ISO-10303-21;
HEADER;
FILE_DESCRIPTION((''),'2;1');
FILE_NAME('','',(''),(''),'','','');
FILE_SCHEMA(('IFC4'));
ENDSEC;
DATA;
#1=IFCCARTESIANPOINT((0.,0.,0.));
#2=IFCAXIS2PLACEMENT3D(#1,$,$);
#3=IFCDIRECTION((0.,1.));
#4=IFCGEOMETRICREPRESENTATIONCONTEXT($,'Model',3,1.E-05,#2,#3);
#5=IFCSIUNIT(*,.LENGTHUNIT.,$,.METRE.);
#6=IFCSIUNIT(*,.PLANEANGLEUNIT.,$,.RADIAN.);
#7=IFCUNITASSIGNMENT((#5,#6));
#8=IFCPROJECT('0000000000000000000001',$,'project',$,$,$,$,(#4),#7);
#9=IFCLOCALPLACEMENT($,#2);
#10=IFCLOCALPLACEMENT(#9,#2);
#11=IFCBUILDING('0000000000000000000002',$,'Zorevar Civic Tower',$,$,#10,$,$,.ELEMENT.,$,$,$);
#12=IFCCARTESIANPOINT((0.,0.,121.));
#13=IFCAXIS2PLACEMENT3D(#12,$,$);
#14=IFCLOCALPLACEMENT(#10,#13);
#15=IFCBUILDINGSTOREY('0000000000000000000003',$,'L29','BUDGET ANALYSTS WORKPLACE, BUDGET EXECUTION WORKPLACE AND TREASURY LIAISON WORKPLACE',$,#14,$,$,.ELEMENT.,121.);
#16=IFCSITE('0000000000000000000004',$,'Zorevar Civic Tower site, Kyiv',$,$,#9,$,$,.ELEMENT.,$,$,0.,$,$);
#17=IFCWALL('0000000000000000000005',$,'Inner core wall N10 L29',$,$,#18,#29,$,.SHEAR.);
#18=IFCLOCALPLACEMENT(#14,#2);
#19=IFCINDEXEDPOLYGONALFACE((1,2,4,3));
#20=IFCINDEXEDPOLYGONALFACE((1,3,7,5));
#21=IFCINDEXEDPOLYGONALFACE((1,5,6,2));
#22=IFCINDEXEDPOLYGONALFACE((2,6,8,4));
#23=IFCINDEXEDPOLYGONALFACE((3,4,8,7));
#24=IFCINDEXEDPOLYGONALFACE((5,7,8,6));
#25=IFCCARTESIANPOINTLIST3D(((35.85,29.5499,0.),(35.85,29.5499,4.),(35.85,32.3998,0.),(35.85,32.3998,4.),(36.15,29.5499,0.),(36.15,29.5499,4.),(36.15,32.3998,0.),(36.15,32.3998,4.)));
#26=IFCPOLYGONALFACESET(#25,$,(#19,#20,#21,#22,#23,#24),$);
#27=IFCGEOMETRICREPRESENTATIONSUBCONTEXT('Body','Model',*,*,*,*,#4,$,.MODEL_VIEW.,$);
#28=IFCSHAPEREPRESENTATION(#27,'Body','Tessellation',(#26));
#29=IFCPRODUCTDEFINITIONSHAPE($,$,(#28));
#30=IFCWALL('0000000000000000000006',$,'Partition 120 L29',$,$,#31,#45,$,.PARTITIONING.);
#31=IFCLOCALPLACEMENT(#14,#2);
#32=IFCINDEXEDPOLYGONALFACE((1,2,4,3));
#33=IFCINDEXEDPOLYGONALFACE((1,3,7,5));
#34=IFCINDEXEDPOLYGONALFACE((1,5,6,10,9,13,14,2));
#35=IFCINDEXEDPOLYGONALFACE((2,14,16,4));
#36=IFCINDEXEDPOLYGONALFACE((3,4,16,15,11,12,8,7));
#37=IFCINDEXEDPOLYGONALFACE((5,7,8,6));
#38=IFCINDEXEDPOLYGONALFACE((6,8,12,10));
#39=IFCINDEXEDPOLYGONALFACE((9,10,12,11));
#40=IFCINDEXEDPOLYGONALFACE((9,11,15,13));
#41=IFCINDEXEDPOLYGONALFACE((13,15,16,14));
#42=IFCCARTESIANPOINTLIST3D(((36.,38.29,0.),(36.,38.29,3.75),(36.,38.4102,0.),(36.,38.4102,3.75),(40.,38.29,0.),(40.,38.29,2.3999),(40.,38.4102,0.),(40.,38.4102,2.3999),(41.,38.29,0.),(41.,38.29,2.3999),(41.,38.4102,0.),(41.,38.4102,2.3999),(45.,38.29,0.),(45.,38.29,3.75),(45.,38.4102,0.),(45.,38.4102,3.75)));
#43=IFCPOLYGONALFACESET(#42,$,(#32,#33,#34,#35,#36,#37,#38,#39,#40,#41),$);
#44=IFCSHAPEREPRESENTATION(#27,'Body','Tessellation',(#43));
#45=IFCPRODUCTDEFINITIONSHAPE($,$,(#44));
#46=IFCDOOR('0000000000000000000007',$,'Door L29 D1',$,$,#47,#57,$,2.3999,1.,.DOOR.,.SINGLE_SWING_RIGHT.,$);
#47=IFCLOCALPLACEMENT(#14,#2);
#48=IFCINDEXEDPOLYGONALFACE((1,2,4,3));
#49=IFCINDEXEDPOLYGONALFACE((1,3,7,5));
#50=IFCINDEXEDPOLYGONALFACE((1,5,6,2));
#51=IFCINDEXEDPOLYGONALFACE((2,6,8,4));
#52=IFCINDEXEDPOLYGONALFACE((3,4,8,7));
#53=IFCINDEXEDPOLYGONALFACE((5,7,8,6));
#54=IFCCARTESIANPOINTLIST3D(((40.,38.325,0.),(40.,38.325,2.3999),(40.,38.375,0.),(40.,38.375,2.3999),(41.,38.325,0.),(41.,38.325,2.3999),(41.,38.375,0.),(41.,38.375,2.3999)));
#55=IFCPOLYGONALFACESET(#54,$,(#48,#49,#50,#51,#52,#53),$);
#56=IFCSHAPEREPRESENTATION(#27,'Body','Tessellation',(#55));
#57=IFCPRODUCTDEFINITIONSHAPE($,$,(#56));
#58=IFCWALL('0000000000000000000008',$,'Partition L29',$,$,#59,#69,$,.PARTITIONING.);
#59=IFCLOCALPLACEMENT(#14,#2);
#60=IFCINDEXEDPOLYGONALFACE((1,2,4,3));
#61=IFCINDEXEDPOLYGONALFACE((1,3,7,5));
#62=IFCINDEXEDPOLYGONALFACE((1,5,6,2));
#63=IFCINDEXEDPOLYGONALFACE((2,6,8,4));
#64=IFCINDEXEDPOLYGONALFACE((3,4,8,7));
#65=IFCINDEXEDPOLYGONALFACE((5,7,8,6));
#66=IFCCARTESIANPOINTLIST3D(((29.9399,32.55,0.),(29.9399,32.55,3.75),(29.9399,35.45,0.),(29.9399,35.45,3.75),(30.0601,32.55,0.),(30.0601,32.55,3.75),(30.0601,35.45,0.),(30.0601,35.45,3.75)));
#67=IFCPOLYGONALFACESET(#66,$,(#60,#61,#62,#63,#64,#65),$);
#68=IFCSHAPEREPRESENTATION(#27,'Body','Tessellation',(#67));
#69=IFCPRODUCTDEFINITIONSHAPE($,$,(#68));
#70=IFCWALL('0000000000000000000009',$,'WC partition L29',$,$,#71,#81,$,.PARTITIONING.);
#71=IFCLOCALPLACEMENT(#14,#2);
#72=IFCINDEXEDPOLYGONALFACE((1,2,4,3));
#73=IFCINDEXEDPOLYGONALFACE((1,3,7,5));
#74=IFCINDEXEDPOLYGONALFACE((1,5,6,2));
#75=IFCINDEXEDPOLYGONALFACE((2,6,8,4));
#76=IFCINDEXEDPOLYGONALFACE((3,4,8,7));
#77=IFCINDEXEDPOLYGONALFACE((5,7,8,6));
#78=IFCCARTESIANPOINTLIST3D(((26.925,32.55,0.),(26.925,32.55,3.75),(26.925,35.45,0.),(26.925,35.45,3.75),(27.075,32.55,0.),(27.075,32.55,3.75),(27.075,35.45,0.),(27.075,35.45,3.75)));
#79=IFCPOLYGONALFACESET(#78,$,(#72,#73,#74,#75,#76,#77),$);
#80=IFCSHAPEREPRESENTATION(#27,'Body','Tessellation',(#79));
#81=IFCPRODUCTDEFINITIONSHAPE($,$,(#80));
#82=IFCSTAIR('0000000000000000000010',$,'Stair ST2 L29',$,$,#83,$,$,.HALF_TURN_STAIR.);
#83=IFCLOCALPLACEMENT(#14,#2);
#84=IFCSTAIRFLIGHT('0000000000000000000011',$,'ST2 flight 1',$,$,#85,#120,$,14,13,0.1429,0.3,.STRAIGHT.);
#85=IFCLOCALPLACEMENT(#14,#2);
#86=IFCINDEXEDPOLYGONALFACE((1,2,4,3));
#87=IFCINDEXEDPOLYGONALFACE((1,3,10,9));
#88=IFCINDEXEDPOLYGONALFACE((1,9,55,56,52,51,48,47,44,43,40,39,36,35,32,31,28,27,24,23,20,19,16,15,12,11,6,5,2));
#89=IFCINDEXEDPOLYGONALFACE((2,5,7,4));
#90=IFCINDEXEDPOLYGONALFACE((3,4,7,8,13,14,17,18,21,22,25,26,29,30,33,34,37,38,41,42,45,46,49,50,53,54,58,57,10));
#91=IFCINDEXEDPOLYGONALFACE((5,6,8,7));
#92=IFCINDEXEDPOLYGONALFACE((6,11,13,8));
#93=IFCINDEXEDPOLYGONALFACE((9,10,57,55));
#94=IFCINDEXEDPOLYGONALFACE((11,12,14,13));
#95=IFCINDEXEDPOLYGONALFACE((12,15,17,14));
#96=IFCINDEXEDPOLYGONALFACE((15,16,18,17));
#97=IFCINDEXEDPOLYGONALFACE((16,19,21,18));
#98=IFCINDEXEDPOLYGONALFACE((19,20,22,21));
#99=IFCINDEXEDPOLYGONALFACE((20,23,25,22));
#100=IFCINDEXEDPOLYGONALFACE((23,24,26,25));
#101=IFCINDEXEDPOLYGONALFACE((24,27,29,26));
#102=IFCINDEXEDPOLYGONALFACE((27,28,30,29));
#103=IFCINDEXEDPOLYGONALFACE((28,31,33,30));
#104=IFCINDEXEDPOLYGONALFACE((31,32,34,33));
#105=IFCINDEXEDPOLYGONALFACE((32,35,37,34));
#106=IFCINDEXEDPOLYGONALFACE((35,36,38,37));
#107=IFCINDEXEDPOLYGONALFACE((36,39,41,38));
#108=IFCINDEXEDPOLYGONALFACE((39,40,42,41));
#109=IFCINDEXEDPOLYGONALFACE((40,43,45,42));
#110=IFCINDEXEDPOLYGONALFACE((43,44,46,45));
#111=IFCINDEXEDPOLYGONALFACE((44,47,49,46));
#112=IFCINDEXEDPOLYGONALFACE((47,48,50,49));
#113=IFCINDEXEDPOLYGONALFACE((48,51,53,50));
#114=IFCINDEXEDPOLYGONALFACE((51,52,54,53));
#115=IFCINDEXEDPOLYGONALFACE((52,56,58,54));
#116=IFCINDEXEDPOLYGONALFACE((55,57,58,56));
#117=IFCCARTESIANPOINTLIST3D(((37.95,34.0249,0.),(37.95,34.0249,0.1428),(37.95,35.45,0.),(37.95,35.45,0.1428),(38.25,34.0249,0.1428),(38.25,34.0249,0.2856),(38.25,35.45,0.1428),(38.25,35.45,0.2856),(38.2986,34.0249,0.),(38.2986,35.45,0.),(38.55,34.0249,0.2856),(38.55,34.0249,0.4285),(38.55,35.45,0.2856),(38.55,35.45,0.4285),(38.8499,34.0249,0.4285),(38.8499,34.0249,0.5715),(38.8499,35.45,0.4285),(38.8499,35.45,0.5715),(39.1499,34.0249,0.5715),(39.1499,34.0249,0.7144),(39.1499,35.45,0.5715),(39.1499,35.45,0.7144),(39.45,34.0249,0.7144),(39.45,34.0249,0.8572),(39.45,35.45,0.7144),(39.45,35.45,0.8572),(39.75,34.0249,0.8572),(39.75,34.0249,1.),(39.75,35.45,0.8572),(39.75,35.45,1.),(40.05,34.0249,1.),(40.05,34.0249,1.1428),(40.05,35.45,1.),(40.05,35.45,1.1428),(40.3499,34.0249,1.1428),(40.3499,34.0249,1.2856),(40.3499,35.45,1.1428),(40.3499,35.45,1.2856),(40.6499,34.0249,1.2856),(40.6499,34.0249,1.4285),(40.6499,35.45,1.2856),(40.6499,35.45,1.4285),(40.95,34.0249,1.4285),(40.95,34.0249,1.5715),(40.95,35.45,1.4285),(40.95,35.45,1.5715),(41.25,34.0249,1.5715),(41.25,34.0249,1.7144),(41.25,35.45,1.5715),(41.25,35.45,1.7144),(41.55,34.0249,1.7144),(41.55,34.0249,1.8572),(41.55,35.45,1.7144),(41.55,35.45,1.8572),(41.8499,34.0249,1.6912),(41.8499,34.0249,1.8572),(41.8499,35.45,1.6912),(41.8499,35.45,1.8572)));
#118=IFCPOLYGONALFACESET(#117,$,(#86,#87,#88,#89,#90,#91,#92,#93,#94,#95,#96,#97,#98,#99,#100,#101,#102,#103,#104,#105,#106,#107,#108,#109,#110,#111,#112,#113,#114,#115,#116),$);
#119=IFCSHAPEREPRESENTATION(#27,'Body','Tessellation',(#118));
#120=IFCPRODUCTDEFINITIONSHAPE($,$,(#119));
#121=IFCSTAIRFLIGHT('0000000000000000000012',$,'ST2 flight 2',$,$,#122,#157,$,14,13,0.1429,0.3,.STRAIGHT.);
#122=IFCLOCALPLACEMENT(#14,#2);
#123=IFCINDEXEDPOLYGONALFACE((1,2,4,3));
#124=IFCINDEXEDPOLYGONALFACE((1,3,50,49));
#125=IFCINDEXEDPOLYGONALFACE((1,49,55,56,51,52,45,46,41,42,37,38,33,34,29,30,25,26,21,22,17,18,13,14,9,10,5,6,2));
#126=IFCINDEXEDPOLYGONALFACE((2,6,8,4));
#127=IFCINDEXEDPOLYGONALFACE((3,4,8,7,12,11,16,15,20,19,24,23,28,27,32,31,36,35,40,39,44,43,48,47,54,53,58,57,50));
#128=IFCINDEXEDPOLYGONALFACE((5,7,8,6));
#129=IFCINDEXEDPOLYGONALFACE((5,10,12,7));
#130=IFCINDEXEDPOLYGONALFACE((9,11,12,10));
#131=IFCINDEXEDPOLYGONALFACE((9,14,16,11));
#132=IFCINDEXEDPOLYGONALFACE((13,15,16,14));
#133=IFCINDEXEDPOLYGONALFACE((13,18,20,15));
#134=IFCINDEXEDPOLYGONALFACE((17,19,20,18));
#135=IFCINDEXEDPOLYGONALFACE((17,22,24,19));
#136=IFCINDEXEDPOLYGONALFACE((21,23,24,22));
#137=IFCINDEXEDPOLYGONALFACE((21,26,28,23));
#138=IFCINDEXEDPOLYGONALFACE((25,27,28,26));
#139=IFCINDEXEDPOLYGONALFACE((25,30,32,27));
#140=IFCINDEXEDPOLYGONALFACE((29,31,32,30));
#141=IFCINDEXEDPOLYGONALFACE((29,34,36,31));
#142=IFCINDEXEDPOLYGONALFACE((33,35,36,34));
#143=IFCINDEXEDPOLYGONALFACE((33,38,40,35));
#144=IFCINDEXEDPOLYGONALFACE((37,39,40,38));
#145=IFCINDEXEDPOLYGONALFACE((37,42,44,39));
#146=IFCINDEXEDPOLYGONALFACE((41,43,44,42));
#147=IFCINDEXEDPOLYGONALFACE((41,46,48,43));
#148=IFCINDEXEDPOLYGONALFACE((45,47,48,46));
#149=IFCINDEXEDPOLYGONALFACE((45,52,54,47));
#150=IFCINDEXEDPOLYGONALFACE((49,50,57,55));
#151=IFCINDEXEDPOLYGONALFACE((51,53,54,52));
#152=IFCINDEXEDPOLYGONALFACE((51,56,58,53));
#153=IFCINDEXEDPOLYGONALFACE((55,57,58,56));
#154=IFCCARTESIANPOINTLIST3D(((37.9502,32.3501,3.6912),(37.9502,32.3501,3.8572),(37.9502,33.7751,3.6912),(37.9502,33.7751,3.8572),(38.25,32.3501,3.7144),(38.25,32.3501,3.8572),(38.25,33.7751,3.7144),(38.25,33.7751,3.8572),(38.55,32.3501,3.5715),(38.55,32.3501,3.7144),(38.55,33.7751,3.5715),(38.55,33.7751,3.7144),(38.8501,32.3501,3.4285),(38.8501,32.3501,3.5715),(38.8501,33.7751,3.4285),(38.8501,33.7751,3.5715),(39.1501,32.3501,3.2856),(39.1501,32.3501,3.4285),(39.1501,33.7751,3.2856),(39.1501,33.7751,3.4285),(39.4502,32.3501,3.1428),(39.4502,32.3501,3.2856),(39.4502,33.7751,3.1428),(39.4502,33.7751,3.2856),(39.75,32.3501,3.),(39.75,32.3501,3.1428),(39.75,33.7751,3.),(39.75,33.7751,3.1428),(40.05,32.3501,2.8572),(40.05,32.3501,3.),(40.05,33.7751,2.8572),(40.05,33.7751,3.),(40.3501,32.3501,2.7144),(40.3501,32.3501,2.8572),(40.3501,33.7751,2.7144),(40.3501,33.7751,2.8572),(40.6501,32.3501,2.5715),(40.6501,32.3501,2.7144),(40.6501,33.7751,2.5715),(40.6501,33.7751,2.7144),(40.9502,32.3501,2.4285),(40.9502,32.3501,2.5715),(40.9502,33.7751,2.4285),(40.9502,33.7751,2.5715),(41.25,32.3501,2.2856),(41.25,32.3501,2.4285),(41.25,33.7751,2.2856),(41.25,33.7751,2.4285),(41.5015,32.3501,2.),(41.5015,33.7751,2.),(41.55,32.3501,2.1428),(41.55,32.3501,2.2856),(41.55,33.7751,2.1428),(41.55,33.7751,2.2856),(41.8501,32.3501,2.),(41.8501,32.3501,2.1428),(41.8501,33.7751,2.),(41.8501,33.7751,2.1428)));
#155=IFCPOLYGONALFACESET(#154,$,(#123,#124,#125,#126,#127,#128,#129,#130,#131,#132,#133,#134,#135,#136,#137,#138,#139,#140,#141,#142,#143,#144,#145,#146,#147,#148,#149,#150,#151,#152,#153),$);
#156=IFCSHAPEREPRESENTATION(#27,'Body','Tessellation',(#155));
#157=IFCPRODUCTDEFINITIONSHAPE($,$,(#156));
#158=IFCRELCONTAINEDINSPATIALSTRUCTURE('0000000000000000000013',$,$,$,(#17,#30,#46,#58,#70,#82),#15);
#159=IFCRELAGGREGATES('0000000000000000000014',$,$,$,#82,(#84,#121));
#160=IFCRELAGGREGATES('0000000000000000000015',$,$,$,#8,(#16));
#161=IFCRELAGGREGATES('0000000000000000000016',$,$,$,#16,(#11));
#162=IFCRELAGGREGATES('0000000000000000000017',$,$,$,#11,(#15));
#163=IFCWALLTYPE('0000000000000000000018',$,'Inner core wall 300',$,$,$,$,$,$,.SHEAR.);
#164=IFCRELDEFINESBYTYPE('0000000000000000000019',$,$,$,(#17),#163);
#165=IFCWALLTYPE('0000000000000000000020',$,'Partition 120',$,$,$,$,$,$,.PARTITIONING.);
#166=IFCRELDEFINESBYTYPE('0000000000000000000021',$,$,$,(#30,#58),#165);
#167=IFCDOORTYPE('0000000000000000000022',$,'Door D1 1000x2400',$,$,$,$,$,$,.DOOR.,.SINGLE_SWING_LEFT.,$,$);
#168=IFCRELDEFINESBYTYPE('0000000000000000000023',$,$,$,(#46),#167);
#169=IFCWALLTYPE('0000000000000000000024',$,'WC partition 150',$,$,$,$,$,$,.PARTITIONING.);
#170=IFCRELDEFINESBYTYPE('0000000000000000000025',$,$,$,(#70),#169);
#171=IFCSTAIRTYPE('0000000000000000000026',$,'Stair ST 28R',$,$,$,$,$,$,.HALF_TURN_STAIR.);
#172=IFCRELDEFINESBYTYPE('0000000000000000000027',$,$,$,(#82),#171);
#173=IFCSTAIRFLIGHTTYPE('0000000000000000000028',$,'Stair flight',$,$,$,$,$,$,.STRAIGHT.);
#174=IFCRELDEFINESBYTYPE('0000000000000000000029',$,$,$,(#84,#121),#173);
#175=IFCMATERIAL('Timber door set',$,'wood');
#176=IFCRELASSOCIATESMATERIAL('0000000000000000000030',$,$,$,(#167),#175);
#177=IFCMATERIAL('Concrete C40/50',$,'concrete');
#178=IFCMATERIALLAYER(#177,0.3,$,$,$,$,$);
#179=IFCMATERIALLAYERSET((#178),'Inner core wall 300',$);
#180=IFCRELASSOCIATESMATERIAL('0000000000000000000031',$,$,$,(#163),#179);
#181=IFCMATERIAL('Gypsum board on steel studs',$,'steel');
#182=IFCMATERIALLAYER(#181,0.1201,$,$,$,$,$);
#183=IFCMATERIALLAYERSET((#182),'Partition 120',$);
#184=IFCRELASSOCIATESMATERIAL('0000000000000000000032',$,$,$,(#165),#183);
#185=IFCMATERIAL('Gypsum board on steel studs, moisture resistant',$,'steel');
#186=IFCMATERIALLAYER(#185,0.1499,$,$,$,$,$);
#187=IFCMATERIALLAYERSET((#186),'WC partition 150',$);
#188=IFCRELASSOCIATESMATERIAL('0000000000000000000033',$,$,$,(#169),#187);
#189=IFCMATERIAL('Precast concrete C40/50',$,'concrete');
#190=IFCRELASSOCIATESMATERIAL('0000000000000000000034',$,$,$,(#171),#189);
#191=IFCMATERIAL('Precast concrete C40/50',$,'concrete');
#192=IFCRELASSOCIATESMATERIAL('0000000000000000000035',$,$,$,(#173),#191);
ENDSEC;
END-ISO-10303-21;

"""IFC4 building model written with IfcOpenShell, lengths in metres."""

from ifc_helpers import new_model, si_unit, direction, frame, frame_2d, origin, place, context, subcontext, project, spatial, polyline, rectangle, outline, extrude, material, layer, layer_set, type_object, element, fill, aggregate, save


model = new_model("IFC4")

# Units and contexts
model_context = context("Model", 3, precision=1e-05, world=origin(), true_north=direction((0.0, 1.0)))
body_context = subcontext(model_context, "Body", "Model", "MODEL_VIEW")
ifc_project = project(units=[si_unit("LENGTHUNIT", "METRE"), si_unit("PLANEANGLEUNIT", "RADIAN")], contexts=[model_context])

# Site, building, storey
site_placement = place(None, origin())
site = spatial("IfcSite", under=ifc_project, at=site_placement, Name="Zorevar Civic Tower site, Kyiv", CompositionType="ELEMENT", RefElevation=0.0)
building_placement = place(site_placement, origin())
building = spatial("IfcBuilding", under=site, at=building_placement, Name="Zorevar Civic Tower", CompositionType="ELEMENT")
storey_placement = place(building_placement, frame((0.0, 0.0, 121.0)))
storey = spatial("IfcBuildingStorey", under=building, at=storey_placement, Name="L29", Description="BUDGET ANALYSTS WORKPLACE, BUDGET EXECUTION WORKPLACE AND TREASURY LIAISON WORKPLACE", CompositionType="ELEMENT", Elevation=121.0)

# Shared definitions
ifc_material_1 = material(Name="Timber door set", Category="wood")
door_type_1 = type_object("IfcDoorType", Name="Door D1 1000x2400", OperationType="SINGLE_SWING_LEFT", PredefinedType="DOOR", material=ifc_material_1)

# Shared definitions
ifc_material_2 = material(Name="Concrete C40/50", Category="concrete")
ifc_layer_1 = layer(ifc_material_2, 0.3)
ifc_layer_set_1 = layer_set([ifc_layer_1], Name="Inner core wall 300")
wall_type_1 = type_object("IfcWallType", Name="Inner core wall 300", PredefinedType="SHEAR", material=ifc_layer_set_1)

# Wall
wall_1_placement = place(storey_placement, frame((36.0, 29.55, 0.0), z_axis=(0.0, 0.0, 1.0), x_axis=(0.0, 1.0, 0.0)))
element("IfcWall", 1, at=wall_1_placement, inside=storey, type_object=wall_type_1, Name="Inner core wall N10 L29", PredefinedType="SHEAR", context=body_context, shape_type="SweptSolid", body=[
    extrude(rectangle(XDim=2.8499, YDim=0.3, at=frame_2d((1.4248, 0.0))), origin(), (0.0, 0.0, 1.0), 4.0),
])

# Wall, opening, door
ifc_material_3 = material(Name="Gypsum board on steel studs", Category="steel")
ifc_layer_2 = layer(ifc_material_3, 0.1201)
ifc_layer_set_2 = layer_set([ifc_layer_2], Name="Partition 120")
wall_type_2 = type_object("IfcWallType", Name="Partition 120", PredefinedType="PARTITIONING", material=ifc_layer_set_2)
wall_2_placement = place(storey_placement, frame((36.0, 38.3501, 0.0), z_axis=(0.0, 0.0, 1.0), x_axis=(1.0, 0.0, 0.0)))
wall_2 = element("IfcWall", 2, at=wall_2_placement, inside=storey, type_object=wall_type_2, Name="Partition 120 L29", PredefinedType="PARTITIONING", context=body_context, shape_type="SweptSolid", body=[
    extrude(rectangle(XDim=9.0, YDim=0.1201, at=frame_2d((4.5, 0.0))), origin(), (0.0, 0.0, 1.0), 3.75),
])
opening_1_placement = place(wall_2_placement, frame((4.0, 0.0, 0.0)))
opening_1 = element("IfcOpeningElement", 3, at=opening_1_placement, cuts=wall_2, PredefinedType="OPENING", context=body_context, shape_type="SweptSolid", body=[
    extrude(rectangle(XDim=1.0, YDim=2.3999, at=frame_2d((0.5, 1.2))), frame((0.0, 0.0701, 0.0), z_axis=(0.0, -1.0, 0.0), x_axis=(1.0, 0.0, 0.0)), (0.0, 0.0, 1.0), 0.1401),
])
door_1_placement = place(opening_1_placement, origin())
door_1 = element("IfcDoor", 4, at=door_1_placement, inside=storey, type_object=door_type_1, Name="Door L29 D1", OperationType="SINGLE_SWING_RIGHT", OverallHeight=2.3999, OverallWidth=1.0, PredefinedType="DOOR", context=body_context, shape_type="SweptSolid", body=[
    extrude(rectangle(XDim=1.0, YDim=2.3999, at=frame_2d((0.5, 1.2))), frame((0.0, 0.0249, 0.0), z_axis=(0.0, -1.0, 0.0), x_axis=(1.0, 0.0, 0.0)), (0.0, 0.0, 1.0), 0.05),
])
fill(opening_1, door_1)

# Walls
wall_3_placement = place(storey_placement, frame((30.0, 32.55, 0.0), z_axis=(0.0, 0.0, 1.0), x_axis=(0.0, 1.0, 0.0)))
element("IfcWall", 5, at=wall_3_placement, inside=storey, type_object=wall_type_2, Name="Partition L29", PredefinedType="PARTITIONING", context=body_context, shape_type="SweptSolid", body=[
    extrude(rectangle(XDim=2.8999, YDim=0.1201, at=frame_2d((1.45, 0.0))), origin(), (0.0, 0.0, 1.0), 3.75),
])
ifc_material_4 = material(Name="Gypsum board on steel studs, moisture resistant", Category="steel")
ifc_layer_3 = layer(ifc_material_4, 0.1499)
ifc_layer_set_3 = layer_set([ifc_layer_3], Name="WC partition 150")
wall_type_3 = type_object("IfcWallType", Name="WC partition 150", PredefinedType="PARTITIONING", material=ifc_layer_set_3)
wall_4_placement = place(storey_placement, frame((27.0, 32.55, 0.0), z_axis=(0.0, 0.0, 1.0), x_axis=(0.0, 1.0, 0.0)))
element("IfcWall", 6, at=wall_4_placement, inside=storey, type_object=wall_type_3, Name="WC partition L29", PredefinedType="PARTITIONING", context=body_context, shape_type="SweptSolid", body=[
    extrude(rectangle(XDim=2.8999, YDim=0.1499, at=frame_2d((1.45, 0.0))), origin(), (0.0, 0.0, 1.0), 3.75),
])

# Stair, stair flights
ifc_material_5 = material(Name="Precast concrete C40/50", Category="concrete")
stair_type = type_object("IfcStairType", Name="Stair ST 28R", PredefinedType="HALF_TURN_STAIR", material=ifc_material_5)
stair_placement = place(storey_placement, origin())
stair = element("IfcStair", 7, at=stair_placement, inside=storey, type_object=stair_type, Name="Stair ST2 L29", PredefinedType="HALF_TURN_STAIR")
ifc_material_6 = material(Name="Precast concrete C40/50", Category="concrete")
stair_flight_type = type_object("IfcStairFlightType", Name="Stair flight", PredefinedType="STRAIGHT", material=ifc_material_6)
stair_flight_1_placement = place(storey_placement, frame((37.95, 34.7375, 0.0), z_axis=(0.0, 0.0, 1.0), x_axis=(1.0, 0.0, 0.0)))
stair_flight_1 = element("IfcStairFlight", 8, at=stair_flight_1_placement, type_object=stair_flight_type, Name="ST2 flight 1", NumberOfRisers=14, NumberOfTreads=13, PredefinedType="STRAIGHT", RiserHeight=0.1429, TreadLength=0.3, context=body_context, shape_type="SweptSolid", body=[
    extrude(outline(polyline([(0.0, 0.0), (0.0, 0.1428), (0.3, 0.1428), (0.3, 0.2856), (0.6001, 0.2856), (0.6001, 0.4285), (0.8999, 0.4285), (0.8999, 0.5715), (1.2, 0.5715), (1.2, 0.7144), (1.5, 0.7144), (1.5, 0.8572), (1.8, 0.8572), (1.8, 1.0), (2.1001, 1.0), (2.1001, 1.1428), (2.3999, 1.1428), (2.3999, 1.2856), (2.7, 1.2856), (2.7, 1.4285), (3.0, 1.4285), (3.0, 1.5715), (3.3, 1.5715), (3.3, 1.7144), (3.6001, 1.7144), (3.6001, 1.8572), (3.8999, 1.8572), (3.8999, 2.0), (3.8999, 1.6912), (0.3486, 0.0), (0.0, 0.0)])), frame((0.0, 0.7124, 0.0), z_axis=(0.0, -1.0, 0.0), x_axis=(1.0, 0.0, 0.0)), (0.0, 0.0, 1.0), 1.425),
])
stair_flight_2_placement = place(storey_placement, frame((41.8501, 33.0625, 2.0), z_axis=(0.0, 0.0, 1.0), x_axis=(-1.0, 0.0, 0.0)))
stair_flight_2 = element("IfcStairFlight", 9, at=stair_flight_2_placement, type_object=stair_flight_type, Name="ST2 flight 2", NumberOfRisers=14, NumberOfTreads=13, PredefinedType="STRAIGHT", RiserHeight=0.1429, TreadLength=0.3, context=body_context, shape_type="SweptSolid", body=[
    extrude(outline(polyline([(0.0, 0.0), (0.0, 0.1428), (0.3, 0.1428), (0.3, 0.2856), (0.6001, 0.2856), (0.6001, 0.4285), (0.8999, 0.4285), (0.8999, 0.5715), (1.2, 0.5715), (1.2, 0.7144), (1.5, 0.7144), (1.5, 0.8572), (1.8, 0.8572), (1.8, 1.0), (2.1001, 1.0), (2.1001, 1.1428), (2.3999, 1.1428), (2.3999, 1.2856), (2.7, 1.2856), (2.7, 1.4285), (3.0, 1.4285), (3.0, 1.5715), (3.3, 1.5715), (3.3, 1.7144), (3.6001, 1.7144), (3.6001, 1.8572), (3.8999, 1.8572), (3.8999, 2.0), (3.8999, 1.6912), (0.3486, 0.0), (0.0, 0.0)])), frame((0.0, 0.7124, 0.0), z_axis=(0.0, -1.0, 0.0), x_axis=(1.0, 0.0, 0.0)), (0.0, 0.0, 1.0), 1.425),
])
aggregate(stair, [stair_flight_1, stair_flight_2])

save(model, "model.ifc")
